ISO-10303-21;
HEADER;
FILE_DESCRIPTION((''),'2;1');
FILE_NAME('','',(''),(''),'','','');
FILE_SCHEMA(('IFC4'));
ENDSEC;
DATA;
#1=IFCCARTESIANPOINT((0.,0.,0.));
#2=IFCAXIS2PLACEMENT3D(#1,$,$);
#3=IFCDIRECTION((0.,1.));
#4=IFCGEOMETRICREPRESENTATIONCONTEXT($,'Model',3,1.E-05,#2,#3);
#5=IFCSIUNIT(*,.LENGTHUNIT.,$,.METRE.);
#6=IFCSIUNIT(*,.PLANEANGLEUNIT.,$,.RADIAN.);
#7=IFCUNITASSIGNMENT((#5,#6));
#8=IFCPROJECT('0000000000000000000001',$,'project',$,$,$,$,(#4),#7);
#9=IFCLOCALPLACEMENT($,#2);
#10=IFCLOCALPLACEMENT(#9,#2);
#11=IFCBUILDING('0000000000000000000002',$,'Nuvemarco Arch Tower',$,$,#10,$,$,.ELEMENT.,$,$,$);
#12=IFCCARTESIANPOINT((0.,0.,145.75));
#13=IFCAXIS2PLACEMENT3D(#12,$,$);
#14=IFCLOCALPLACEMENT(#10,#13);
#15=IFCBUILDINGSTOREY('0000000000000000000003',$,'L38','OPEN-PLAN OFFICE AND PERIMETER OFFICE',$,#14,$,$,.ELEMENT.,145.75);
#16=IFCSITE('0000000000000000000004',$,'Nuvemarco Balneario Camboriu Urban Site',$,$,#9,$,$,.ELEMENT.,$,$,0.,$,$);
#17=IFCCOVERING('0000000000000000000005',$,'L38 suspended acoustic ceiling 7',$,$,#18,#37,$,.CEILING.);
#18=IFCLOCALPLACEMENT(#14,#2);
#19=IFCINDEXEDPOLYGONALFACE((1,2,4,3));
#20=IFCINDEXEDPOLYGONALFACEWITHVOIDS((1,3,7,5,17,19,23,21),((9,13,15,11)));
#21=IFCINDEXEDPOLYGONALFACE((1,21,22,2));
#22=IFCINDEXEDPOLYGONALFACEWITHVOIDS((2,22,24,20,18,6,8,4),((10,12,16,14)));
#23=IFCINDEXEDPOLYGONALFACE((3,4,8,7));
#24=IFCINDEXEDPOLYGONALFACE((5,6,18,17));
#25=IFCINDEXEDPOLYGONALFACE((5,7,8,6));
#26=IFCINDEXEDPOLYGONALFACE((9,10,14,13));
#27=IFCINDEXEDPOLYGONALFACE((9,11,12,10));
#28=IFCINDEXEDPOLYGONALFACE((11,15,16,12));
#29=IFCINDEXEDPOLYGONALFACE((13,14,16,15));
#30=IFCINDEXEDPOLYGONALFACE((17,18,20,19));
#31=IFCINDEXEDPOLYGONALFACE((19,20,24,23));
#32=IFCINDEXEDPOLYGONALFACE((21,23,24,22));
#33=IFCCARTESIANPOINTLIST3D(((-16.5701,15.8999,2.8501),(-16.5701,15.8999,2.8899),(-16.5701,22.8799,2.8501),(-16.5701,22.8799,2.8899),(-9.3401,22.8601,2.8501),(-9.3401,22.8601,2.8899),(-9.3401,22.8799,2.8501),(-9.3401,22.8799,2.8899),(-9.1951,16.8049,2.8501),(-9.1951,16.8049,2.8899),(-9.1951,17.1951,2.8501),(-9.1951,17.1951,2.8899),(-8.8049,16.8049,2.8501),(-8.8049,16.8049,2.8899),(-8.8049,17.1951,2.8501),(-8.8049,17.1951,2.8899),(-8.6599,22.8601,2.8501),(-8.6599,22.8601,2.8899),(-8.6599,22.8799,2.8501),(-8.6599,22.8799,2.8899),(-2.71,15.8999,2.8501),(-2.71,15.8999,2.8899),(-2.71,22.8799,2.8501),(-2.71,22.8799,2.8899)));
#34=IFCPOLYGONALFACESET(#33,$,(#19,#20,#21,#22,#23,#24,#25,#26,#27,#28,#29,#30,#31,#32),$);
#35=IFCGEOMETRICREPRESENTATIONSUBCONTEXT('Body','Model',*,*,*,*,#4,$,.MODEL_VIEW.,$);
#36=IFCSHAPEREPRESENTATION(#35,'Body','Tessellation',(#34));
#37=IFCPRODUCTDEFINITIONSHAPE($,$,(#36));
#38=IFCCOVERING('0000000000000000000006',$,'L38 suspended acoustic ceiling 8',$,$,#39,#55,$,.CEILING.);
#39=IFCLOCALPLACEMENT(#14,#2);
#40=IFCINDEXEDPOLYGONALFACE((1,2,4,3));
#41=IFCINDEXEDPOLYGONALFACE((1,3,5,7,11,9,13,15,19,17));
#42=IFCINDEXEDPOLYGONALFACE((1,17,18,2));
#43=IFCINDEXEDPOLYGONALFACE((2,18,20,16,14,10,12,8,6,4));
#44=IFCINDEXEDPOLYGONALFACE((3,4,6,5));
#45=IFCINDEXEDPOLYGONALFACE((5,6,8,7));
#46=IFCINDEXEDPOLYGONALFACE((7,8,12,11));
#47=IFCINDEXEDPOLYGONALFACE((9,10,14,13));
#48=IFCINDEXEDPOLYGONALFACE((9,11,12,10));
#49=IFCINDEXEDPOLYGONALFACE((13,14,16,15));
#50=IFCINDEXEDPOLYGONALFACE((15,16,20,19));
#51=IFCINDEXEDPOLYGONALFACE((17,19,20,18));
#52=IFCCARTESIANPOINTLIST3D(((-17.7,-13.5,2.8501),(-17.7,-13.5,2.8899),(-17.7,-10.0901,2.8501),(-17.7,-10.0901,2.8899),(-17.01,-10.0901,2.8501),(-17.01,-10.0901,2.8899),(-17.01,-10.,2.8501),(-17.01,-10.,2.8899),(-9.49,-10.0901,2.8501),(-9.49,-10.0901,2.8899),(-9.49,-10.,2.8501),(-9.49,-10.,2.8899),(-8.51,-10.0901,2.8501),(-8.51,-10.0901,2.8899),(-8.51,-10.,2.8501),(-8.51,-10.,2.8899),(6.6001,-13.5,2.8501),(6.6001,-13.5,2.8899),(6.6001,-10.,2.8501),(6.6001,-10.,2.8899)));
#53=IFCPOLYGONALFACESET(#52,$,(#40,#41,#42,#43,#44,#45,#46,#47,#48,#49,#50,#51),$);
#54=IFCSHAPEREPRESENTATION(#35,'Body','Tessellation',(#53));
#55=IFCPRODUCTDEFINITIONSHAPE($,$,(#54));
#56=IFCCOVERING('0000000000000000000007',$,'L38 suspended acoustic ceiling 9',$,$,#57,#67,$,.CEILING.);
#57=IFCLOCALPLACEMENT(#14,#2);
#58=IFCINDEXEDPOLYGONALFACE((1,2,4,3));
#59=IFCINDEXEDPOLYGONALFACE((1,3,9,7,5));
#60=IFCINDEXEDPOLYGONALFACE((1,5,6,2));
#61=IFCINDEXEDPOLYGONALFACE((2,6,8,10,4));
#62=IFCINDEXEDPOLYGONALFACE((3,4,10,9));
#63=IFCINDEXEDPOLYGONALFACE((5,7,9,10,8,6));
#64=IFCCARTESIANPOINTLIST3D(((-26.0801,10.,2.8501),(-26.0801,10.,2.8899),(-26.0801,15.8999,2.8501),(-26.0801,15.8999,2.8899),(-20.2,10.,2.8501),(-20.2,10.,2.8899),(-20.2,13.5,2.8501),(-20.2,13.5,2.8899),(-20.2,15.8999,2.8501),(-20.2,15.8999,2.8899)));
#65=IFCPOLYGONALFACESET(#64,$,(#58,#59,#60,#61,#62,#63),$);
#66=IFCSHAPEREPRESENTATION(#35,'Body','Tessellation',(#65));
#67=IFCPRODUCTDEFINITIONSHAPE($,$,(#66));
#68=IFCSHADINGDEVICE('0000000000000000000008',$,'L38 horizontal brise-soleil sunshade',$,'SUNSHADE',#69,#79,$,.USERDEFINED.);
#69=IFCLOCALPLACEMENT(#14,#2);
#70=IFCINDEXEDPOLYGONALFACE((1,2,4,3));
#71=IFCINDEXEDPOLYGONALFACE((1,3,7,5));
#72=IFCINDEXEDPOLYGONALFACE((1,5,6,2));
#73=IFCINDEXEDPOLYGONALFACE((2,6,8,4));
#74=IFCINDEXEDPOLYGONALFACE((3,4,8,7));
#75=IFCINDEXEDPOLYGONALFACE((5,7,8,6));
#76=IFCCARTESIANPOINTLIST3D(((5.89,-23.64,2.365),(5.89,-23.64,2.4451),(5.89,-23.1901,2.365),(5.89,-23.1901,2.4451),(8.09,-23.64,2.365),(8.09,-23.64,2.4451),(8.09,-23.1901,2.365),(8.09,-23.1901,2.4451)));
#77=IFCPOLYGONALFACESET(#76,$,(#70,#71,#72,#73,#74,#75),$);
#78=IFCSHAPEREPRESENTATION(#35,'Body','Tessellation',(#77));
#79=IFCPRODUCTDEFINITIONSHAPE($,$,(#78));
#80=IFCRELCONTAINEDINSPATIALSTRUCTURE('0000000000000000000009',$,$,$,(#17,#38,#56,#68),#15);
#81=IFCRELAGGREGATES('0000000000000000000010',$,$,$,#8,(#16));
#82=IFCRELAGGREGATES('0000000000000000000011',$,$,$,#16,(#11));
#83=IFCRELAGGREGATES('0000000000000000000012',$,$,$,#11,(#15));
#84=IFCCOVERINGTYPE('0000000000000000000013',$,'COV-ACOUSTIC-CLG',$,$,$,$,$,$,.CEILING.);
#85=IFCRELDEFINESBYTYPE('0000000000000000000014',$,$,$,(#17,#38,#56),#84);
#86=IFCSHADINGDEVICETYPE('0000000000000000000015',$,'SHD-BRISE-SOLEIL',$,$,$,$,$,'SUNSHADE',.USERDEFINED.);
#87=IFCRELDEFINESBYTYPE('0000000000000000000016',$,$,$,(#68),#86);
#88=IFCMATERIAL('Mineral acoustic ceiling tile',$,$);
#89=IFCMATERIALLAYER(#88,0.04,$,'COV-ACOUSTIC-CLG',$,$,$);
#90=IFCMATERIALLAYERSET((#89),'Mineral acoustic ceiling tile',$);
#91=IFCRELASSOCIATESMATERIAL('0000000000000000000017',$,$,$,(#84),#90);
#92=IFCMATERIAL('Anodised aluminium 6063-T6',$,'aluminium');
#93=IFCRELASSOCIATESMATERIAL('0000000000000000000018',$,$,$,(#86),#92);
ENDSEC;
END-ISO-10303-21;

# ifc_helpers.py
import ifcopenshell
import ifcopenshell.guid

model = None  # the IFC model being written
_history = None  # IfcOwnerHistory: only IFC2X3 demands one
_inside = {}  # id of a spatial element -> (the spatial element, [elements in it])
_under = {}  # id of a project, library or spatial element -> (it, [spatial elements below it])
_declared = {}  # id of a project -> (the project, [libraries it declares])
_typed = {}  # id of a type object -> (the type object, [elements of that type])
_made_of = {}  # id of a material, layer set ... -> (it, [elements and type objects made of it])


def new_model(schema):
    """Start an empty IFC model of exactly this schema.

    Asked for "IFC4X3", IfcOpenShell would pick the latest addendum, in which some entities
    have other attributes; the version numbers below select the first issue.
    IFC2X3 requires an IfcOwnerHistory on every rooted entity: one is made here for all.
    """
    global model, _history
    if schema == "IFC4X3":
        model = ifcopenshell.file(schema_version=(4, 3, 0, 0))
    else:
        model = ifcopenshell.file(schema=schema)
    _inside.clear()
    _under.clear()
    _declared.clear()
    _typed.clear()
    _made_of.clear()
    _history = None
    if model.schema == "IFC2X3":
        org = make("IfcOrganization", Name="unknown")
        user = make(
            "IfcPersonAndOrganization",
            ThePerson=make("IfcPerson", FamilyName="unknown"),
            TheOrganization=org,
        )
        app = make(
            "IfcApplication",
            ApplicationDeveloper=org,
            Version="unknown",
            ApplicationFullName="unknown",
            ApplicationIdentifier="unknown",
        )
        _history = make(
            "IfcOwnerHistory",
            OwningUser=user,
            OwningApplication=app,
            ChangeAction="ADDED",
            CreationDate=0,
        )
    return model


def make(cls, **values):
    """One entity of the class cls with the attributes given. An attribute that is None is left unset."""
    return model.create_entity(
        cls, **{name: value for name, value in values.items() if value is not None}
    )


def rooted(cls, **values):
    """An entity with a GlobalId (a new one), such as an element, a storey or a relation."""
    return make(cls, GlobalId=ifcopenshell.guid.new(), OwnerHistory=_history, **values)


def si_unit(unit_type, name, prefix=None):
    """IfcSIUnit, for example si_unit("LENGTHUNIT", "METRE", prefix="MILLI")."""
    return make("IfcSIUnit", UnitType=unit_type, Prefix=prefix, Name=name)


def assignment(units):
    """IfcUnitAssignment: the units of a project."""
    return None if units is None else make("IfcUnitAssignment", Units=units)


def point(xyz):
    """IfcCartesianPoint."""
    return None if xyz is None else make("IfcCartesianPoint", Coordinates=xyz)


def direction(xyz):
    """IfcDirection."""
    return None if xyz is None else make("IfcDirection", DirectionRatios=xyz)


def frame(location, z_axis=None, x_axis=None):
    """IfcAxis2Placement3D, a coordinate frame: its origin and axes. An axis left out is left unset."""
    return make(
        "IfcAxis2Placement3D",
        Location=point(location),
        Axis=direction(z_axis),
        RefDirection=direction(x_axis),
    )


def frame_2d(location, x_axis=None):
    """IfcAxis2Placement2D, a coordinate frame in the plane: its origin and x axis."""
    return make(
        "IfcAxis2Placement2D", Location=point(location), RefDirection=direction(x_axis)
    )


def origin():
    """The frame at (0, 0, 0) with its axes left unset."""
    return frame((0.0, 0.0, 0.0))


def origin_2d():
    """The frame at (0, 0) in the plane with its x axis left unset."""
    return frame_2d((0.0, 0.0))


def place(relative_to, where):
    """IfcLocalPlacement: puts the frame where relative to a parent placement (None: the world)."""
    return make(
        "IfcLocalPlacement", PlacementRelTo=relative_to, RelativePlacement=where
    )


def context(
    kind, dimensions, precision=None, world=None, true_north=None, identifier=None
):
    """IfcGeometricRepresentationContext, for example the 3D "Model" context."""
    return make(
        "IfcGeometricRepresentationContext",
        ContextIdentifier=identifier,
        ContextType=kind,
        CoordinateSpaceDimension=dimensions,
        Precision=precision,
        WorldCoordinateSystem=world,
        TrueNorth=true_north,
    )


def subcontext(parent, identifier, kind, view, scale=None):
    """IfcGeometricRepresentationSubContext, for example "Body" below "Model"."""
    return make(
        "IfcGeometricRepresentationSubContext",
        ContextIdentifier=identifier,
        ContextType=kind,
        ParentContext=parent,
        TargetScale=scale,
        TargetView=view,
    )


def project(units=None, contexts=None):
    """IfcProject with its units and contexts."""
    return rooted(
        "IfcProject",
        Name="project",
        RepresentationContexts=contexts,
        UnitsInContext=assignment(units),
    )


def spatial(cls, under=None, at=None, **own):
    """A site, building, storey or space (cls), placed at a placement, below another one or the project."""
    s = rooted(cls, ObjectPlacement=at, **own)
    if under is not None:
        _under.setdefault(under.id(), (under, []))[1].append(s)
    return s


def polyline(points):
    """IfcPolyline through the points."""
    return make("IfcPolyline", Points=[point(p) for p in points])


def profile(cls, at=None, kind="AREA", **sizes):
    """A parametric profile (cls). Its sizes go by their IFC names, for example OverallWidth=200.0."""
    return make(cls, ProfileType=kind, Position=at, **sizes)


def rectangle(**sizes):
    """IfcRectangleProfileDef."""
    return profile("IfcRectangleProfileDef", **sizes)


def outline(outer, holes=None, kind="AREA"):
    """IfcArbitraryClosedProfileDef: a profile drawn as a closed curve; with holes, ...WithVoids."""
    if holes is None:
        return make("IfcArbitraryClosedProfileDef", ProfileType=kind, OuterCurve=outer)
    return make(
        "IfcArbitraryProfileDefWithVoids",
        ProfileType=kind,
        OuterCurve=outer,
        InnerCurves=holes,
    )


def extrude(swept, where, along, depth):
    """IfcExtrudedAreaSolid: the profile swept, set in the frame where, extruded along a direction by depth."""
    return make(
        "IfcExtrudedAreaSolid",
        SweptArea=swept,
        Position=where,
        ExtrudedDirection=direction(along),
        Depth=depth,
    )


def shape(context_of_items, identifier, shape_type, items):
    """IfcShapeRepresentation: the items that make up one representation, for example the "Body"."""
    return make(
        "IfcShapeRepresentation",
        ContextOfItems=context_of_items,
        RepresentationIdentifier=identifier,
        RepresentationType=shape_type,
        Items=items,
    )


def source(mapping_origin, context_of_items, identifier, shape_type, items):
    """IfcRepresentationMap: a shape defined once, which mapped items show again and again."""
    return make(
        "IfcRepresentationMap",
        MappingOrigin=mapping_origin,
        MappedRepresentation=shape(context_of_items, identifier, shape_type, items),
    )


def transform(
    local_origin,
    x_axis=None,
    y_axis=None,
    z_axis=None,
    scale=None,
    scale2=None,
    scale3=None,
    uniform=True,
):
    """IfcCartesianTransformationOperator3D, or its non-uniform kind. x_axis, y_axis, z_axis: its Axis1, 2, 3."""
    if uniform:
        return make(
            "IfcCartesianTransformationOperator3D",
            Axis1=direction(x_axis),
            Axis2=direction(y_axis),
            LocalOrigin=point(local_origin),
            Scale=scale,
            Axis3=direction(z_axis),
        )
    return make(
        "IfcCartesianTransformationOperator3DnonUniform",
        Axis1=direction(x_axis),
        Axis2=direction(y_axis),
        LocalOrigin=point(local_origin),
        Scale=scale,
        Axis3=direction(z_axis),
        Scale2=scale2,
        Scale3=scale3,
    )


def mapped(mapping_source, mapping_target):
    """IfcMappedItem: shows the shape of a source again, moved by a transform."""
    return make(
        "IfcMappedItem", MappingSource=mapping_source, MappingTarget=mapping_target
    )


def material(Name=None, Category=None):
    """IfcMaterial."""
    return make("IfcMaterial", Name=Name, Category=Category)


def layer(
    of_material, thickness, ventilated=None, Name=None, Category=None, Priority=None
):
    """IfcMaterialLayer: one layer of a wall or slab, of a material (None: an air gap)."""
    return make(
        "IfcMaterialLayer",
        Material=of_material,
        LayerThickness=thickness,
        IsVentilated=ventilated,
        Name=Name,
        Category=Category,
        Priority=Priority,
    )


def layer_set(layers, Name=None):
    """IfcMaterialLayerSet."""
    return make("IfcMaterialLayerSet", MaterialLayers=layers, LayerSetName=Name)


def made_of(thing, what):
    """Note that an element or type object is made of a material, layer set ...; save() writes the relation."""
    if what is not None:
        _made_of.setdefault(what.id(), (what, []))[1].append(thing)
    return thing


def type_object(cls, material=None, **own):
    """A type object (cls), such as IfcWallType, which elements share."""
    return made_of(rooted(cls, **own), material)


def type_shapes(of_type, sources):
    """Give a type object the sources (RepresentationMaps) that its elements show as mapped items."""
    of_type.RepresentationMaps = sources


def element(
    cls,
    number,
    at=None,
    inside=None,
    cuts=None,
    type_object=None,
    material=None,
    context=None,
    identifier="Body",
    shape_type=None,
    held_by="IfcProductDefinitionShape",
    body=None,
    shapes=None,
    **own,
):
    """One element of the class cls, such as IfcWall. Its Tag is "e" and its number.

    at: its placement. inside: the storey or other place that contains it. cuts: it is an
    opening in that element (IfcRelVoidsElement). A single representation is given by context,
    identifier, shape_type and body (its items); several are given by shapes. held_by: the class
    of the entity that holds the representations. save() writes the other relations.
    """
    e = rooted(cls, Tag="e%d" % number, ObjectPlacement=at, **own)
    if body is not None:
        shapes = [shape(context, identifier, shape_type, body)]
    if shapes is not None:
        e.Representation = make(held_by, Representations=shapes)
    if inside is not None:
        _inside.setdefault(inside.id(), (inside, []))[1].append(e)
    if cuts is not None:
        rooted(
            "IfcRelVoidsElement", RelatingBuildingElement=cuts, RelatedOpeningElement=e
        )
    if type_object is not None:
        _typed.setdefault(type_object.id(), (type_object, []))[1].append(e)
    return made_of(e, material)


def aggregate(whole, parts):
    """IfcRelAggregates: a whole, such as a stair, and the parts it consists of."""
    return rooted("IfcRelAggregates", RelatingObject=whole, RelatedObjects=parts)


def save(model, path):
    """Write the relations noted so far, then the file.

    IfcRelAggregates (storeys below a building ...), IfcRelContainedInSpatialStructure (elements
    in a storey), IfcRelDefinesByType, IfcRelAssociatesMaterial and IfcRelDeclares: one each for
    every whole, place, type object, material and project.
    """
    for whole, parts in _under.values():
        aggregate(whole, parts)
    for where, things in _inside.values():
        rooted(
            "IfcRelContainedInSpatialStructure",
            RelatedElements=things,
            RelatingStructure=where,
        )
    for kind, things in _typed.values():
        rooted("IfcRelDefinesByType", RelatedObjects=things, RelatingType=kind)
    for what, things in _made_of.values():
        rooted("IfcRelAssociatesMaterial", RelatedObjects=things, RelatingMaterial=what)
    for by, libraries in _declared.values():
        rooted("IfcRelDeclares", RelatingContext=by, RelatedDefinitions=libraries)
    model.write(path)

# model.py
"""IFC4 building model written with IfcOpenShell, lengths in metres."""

from ifc_helpers import new_model, si_unit, direction, frame, origin, origin_2d, place, context, subcontext, project, spatial, polyline, rectangle, outline, extrude, source, transform, mapped, material, layer, layer_set, type_object, type_shapes, element, save


model = new_model("IFC4")

# Units and contexts
model_context = context("Model", 3, precision=1e-05, world=origin(), true_north=direction((0.0, 1.0)))
body_context = subcontext(model_context, "Body", "Model", "MODEL_VIEW")
ifc_project = project(units=[si_unit("LENGTHUNIT", "METRE"), si_unit("PLANEANGLEUNIT", "RADIAN")], contexts=[model_context])

# Site, building, storey
site_placement = place(None, origin())
site = spatial("IfcSite", under=ifc_project, at=site_placement, Name="Nuvemarco Balneario Camboriu Urban Site", CompositionType="ELEMENT", RefElevation=0.0)
building_placement = place(site_placement, origin())
building = spatial("IfcBuilding", under=site, at=building_placement, Name="Nuvemarco Arch Tower", CompositionType="ELEMENT")
storey_placement = place(building_placement, frame((0.0, 0.0, 145.75)))
storey = spatial("IfcBuildingStorey", under=building, at=storey_placement, Name="L38", Description="OPEN-PLAN OFFICE AND PERIMETER OFFICE", CompositionType="ELEMENT", Elevation=145.75)

# Coverings
ifc_material_1 = material(Name="Mineral acoustic ceiling tile")
ifc_layer_1 = layer(ifc_material_1, 0.04, Name="COV-ACOUSTIC-CLG")
ifc_layer_set_1 = layer_set([ifc_layer_1], Name="Mineral acoustic ceiling tile")
covering_type = type_object("IfcCoveringType", Name="COV-ACOUSTIC-CLG", PredefinedType="CEILING", material=ifc_layer_set_1)
covering_1_placement = place(storey_placement, frame((0.0, 0.0, 2.8501)))
element("IfcCovering", 1, at=covering_1_placement, inside=storey, type_object=covering_type, Name="L38 suspended acoustic ceiling 7", PredefinedType="CEILING", context=body_context, shape_type="SweptSolid", body=[
    extrude(outline(polyline([(-2.71, 15.8999), (-16.5701, 15.8999), (-16.5701, 22.8799), (-9.3401, 22.8799), (-9.3401, 22.8601), (-8.6599, 22.8601), (-8.6599, 22.8799), (-2.71, 22.8799), (-2.71, 15.8999)]), holes=[polyline([(-8.8049, 16.8049), (-8.8049, 17.1951), (-9.1951, 17.1951), (-9.1951, 16.8049), (-8.8049, 16.8049)])]), origin(), (0.0, 0.0, 1.0), 0.0398),
])
covering_2_placement = place(storey_placement, frame((0.0, 0.0, 2.8501)))
element("IfcCovering", 2, at=covering_2_placement, inside=storey, type_object=covering_type, Name="L38 suspended acoustic ceiling 8", PredefinedType="CEILING", context=body_context, shape_type="SweptSolid", body=[
    extrude(outline(polyline([(-9.49, -10.0901), (-8.51, -10.0901), (-8.51, -10.0), (6.6001, -10.0), (6.6001, -13.5), (-17.7, -13.5), (-17.7, -10.0901), (-17.01, -10.0901), (-17.01, -10.0), (-9.49, -10.0), (-9.49, -10.0901)])), origin(), (0.0, 0.0, 1.0), 0.0398),
])
covering_3_placement = place(storey_placement, frame((0.0, 0.0, 2.8501)))
element("IfcCovering", 3, at=covering_3_placement, inside=storey, type_object=covering_type, Name="L38 suspended acoustic ceiling 9", PredefinedType="CEILING", context=body_context, shape_type="SweptSolid", body=[
    extrude(outline(polyline([(-20.2, 15.8999), (-20.2, 13.5), (-20.2, 10.0), (-26.0801, 10.0), (-26.0801, 15.8999), (-20.2, 15.8999)])), origin(), (0.0, 0.0, 1.0), 0.0398),
])

# Shading device
ifc_material_2 = material(Name="Anodised aluminium 6063-T6", Category="aluminium")
shading_device_type = type_object("IfcShadingDeviceType", Name="SHD-BRISE-SOLEIL", ElementType="SUNSHADE", PredefinedType="USERDEFINED", material=ifc_material_2)
shared_shape_1 = source(origin(), body_context, "Body", "SweptSolid", [
    extrude(rectangle(XDim=2.2, YDim=0.45, at=origin_2d()), origin(), (0.0, 0.0, 1.0), 0.0801),
])
type_shapes(shading_device_type, [shared_shape_1])
shading_device_placement = place(storey_placement, frame((6.99, -23.415, 2.365), z_axis=(0.0, 0.0, 1.0), x_axis=(1.0, 0.0, 0.0)))
element("IfcShadingDevice", 4, at=shading_device_placement, inside=storey, type_object=shading_device_type, Name="L38 horizontal brise-soleil sunshade", ObjectType="SUNSHADE", PredefinedType="USERDEFINED", context=body_context, shape_type="MappedRepresentation", body=[
    mapped(shared_shape_1, transform((0.0, 0.0, 0.0), scale=1.0)),
])

save(model, "model.ifc")
